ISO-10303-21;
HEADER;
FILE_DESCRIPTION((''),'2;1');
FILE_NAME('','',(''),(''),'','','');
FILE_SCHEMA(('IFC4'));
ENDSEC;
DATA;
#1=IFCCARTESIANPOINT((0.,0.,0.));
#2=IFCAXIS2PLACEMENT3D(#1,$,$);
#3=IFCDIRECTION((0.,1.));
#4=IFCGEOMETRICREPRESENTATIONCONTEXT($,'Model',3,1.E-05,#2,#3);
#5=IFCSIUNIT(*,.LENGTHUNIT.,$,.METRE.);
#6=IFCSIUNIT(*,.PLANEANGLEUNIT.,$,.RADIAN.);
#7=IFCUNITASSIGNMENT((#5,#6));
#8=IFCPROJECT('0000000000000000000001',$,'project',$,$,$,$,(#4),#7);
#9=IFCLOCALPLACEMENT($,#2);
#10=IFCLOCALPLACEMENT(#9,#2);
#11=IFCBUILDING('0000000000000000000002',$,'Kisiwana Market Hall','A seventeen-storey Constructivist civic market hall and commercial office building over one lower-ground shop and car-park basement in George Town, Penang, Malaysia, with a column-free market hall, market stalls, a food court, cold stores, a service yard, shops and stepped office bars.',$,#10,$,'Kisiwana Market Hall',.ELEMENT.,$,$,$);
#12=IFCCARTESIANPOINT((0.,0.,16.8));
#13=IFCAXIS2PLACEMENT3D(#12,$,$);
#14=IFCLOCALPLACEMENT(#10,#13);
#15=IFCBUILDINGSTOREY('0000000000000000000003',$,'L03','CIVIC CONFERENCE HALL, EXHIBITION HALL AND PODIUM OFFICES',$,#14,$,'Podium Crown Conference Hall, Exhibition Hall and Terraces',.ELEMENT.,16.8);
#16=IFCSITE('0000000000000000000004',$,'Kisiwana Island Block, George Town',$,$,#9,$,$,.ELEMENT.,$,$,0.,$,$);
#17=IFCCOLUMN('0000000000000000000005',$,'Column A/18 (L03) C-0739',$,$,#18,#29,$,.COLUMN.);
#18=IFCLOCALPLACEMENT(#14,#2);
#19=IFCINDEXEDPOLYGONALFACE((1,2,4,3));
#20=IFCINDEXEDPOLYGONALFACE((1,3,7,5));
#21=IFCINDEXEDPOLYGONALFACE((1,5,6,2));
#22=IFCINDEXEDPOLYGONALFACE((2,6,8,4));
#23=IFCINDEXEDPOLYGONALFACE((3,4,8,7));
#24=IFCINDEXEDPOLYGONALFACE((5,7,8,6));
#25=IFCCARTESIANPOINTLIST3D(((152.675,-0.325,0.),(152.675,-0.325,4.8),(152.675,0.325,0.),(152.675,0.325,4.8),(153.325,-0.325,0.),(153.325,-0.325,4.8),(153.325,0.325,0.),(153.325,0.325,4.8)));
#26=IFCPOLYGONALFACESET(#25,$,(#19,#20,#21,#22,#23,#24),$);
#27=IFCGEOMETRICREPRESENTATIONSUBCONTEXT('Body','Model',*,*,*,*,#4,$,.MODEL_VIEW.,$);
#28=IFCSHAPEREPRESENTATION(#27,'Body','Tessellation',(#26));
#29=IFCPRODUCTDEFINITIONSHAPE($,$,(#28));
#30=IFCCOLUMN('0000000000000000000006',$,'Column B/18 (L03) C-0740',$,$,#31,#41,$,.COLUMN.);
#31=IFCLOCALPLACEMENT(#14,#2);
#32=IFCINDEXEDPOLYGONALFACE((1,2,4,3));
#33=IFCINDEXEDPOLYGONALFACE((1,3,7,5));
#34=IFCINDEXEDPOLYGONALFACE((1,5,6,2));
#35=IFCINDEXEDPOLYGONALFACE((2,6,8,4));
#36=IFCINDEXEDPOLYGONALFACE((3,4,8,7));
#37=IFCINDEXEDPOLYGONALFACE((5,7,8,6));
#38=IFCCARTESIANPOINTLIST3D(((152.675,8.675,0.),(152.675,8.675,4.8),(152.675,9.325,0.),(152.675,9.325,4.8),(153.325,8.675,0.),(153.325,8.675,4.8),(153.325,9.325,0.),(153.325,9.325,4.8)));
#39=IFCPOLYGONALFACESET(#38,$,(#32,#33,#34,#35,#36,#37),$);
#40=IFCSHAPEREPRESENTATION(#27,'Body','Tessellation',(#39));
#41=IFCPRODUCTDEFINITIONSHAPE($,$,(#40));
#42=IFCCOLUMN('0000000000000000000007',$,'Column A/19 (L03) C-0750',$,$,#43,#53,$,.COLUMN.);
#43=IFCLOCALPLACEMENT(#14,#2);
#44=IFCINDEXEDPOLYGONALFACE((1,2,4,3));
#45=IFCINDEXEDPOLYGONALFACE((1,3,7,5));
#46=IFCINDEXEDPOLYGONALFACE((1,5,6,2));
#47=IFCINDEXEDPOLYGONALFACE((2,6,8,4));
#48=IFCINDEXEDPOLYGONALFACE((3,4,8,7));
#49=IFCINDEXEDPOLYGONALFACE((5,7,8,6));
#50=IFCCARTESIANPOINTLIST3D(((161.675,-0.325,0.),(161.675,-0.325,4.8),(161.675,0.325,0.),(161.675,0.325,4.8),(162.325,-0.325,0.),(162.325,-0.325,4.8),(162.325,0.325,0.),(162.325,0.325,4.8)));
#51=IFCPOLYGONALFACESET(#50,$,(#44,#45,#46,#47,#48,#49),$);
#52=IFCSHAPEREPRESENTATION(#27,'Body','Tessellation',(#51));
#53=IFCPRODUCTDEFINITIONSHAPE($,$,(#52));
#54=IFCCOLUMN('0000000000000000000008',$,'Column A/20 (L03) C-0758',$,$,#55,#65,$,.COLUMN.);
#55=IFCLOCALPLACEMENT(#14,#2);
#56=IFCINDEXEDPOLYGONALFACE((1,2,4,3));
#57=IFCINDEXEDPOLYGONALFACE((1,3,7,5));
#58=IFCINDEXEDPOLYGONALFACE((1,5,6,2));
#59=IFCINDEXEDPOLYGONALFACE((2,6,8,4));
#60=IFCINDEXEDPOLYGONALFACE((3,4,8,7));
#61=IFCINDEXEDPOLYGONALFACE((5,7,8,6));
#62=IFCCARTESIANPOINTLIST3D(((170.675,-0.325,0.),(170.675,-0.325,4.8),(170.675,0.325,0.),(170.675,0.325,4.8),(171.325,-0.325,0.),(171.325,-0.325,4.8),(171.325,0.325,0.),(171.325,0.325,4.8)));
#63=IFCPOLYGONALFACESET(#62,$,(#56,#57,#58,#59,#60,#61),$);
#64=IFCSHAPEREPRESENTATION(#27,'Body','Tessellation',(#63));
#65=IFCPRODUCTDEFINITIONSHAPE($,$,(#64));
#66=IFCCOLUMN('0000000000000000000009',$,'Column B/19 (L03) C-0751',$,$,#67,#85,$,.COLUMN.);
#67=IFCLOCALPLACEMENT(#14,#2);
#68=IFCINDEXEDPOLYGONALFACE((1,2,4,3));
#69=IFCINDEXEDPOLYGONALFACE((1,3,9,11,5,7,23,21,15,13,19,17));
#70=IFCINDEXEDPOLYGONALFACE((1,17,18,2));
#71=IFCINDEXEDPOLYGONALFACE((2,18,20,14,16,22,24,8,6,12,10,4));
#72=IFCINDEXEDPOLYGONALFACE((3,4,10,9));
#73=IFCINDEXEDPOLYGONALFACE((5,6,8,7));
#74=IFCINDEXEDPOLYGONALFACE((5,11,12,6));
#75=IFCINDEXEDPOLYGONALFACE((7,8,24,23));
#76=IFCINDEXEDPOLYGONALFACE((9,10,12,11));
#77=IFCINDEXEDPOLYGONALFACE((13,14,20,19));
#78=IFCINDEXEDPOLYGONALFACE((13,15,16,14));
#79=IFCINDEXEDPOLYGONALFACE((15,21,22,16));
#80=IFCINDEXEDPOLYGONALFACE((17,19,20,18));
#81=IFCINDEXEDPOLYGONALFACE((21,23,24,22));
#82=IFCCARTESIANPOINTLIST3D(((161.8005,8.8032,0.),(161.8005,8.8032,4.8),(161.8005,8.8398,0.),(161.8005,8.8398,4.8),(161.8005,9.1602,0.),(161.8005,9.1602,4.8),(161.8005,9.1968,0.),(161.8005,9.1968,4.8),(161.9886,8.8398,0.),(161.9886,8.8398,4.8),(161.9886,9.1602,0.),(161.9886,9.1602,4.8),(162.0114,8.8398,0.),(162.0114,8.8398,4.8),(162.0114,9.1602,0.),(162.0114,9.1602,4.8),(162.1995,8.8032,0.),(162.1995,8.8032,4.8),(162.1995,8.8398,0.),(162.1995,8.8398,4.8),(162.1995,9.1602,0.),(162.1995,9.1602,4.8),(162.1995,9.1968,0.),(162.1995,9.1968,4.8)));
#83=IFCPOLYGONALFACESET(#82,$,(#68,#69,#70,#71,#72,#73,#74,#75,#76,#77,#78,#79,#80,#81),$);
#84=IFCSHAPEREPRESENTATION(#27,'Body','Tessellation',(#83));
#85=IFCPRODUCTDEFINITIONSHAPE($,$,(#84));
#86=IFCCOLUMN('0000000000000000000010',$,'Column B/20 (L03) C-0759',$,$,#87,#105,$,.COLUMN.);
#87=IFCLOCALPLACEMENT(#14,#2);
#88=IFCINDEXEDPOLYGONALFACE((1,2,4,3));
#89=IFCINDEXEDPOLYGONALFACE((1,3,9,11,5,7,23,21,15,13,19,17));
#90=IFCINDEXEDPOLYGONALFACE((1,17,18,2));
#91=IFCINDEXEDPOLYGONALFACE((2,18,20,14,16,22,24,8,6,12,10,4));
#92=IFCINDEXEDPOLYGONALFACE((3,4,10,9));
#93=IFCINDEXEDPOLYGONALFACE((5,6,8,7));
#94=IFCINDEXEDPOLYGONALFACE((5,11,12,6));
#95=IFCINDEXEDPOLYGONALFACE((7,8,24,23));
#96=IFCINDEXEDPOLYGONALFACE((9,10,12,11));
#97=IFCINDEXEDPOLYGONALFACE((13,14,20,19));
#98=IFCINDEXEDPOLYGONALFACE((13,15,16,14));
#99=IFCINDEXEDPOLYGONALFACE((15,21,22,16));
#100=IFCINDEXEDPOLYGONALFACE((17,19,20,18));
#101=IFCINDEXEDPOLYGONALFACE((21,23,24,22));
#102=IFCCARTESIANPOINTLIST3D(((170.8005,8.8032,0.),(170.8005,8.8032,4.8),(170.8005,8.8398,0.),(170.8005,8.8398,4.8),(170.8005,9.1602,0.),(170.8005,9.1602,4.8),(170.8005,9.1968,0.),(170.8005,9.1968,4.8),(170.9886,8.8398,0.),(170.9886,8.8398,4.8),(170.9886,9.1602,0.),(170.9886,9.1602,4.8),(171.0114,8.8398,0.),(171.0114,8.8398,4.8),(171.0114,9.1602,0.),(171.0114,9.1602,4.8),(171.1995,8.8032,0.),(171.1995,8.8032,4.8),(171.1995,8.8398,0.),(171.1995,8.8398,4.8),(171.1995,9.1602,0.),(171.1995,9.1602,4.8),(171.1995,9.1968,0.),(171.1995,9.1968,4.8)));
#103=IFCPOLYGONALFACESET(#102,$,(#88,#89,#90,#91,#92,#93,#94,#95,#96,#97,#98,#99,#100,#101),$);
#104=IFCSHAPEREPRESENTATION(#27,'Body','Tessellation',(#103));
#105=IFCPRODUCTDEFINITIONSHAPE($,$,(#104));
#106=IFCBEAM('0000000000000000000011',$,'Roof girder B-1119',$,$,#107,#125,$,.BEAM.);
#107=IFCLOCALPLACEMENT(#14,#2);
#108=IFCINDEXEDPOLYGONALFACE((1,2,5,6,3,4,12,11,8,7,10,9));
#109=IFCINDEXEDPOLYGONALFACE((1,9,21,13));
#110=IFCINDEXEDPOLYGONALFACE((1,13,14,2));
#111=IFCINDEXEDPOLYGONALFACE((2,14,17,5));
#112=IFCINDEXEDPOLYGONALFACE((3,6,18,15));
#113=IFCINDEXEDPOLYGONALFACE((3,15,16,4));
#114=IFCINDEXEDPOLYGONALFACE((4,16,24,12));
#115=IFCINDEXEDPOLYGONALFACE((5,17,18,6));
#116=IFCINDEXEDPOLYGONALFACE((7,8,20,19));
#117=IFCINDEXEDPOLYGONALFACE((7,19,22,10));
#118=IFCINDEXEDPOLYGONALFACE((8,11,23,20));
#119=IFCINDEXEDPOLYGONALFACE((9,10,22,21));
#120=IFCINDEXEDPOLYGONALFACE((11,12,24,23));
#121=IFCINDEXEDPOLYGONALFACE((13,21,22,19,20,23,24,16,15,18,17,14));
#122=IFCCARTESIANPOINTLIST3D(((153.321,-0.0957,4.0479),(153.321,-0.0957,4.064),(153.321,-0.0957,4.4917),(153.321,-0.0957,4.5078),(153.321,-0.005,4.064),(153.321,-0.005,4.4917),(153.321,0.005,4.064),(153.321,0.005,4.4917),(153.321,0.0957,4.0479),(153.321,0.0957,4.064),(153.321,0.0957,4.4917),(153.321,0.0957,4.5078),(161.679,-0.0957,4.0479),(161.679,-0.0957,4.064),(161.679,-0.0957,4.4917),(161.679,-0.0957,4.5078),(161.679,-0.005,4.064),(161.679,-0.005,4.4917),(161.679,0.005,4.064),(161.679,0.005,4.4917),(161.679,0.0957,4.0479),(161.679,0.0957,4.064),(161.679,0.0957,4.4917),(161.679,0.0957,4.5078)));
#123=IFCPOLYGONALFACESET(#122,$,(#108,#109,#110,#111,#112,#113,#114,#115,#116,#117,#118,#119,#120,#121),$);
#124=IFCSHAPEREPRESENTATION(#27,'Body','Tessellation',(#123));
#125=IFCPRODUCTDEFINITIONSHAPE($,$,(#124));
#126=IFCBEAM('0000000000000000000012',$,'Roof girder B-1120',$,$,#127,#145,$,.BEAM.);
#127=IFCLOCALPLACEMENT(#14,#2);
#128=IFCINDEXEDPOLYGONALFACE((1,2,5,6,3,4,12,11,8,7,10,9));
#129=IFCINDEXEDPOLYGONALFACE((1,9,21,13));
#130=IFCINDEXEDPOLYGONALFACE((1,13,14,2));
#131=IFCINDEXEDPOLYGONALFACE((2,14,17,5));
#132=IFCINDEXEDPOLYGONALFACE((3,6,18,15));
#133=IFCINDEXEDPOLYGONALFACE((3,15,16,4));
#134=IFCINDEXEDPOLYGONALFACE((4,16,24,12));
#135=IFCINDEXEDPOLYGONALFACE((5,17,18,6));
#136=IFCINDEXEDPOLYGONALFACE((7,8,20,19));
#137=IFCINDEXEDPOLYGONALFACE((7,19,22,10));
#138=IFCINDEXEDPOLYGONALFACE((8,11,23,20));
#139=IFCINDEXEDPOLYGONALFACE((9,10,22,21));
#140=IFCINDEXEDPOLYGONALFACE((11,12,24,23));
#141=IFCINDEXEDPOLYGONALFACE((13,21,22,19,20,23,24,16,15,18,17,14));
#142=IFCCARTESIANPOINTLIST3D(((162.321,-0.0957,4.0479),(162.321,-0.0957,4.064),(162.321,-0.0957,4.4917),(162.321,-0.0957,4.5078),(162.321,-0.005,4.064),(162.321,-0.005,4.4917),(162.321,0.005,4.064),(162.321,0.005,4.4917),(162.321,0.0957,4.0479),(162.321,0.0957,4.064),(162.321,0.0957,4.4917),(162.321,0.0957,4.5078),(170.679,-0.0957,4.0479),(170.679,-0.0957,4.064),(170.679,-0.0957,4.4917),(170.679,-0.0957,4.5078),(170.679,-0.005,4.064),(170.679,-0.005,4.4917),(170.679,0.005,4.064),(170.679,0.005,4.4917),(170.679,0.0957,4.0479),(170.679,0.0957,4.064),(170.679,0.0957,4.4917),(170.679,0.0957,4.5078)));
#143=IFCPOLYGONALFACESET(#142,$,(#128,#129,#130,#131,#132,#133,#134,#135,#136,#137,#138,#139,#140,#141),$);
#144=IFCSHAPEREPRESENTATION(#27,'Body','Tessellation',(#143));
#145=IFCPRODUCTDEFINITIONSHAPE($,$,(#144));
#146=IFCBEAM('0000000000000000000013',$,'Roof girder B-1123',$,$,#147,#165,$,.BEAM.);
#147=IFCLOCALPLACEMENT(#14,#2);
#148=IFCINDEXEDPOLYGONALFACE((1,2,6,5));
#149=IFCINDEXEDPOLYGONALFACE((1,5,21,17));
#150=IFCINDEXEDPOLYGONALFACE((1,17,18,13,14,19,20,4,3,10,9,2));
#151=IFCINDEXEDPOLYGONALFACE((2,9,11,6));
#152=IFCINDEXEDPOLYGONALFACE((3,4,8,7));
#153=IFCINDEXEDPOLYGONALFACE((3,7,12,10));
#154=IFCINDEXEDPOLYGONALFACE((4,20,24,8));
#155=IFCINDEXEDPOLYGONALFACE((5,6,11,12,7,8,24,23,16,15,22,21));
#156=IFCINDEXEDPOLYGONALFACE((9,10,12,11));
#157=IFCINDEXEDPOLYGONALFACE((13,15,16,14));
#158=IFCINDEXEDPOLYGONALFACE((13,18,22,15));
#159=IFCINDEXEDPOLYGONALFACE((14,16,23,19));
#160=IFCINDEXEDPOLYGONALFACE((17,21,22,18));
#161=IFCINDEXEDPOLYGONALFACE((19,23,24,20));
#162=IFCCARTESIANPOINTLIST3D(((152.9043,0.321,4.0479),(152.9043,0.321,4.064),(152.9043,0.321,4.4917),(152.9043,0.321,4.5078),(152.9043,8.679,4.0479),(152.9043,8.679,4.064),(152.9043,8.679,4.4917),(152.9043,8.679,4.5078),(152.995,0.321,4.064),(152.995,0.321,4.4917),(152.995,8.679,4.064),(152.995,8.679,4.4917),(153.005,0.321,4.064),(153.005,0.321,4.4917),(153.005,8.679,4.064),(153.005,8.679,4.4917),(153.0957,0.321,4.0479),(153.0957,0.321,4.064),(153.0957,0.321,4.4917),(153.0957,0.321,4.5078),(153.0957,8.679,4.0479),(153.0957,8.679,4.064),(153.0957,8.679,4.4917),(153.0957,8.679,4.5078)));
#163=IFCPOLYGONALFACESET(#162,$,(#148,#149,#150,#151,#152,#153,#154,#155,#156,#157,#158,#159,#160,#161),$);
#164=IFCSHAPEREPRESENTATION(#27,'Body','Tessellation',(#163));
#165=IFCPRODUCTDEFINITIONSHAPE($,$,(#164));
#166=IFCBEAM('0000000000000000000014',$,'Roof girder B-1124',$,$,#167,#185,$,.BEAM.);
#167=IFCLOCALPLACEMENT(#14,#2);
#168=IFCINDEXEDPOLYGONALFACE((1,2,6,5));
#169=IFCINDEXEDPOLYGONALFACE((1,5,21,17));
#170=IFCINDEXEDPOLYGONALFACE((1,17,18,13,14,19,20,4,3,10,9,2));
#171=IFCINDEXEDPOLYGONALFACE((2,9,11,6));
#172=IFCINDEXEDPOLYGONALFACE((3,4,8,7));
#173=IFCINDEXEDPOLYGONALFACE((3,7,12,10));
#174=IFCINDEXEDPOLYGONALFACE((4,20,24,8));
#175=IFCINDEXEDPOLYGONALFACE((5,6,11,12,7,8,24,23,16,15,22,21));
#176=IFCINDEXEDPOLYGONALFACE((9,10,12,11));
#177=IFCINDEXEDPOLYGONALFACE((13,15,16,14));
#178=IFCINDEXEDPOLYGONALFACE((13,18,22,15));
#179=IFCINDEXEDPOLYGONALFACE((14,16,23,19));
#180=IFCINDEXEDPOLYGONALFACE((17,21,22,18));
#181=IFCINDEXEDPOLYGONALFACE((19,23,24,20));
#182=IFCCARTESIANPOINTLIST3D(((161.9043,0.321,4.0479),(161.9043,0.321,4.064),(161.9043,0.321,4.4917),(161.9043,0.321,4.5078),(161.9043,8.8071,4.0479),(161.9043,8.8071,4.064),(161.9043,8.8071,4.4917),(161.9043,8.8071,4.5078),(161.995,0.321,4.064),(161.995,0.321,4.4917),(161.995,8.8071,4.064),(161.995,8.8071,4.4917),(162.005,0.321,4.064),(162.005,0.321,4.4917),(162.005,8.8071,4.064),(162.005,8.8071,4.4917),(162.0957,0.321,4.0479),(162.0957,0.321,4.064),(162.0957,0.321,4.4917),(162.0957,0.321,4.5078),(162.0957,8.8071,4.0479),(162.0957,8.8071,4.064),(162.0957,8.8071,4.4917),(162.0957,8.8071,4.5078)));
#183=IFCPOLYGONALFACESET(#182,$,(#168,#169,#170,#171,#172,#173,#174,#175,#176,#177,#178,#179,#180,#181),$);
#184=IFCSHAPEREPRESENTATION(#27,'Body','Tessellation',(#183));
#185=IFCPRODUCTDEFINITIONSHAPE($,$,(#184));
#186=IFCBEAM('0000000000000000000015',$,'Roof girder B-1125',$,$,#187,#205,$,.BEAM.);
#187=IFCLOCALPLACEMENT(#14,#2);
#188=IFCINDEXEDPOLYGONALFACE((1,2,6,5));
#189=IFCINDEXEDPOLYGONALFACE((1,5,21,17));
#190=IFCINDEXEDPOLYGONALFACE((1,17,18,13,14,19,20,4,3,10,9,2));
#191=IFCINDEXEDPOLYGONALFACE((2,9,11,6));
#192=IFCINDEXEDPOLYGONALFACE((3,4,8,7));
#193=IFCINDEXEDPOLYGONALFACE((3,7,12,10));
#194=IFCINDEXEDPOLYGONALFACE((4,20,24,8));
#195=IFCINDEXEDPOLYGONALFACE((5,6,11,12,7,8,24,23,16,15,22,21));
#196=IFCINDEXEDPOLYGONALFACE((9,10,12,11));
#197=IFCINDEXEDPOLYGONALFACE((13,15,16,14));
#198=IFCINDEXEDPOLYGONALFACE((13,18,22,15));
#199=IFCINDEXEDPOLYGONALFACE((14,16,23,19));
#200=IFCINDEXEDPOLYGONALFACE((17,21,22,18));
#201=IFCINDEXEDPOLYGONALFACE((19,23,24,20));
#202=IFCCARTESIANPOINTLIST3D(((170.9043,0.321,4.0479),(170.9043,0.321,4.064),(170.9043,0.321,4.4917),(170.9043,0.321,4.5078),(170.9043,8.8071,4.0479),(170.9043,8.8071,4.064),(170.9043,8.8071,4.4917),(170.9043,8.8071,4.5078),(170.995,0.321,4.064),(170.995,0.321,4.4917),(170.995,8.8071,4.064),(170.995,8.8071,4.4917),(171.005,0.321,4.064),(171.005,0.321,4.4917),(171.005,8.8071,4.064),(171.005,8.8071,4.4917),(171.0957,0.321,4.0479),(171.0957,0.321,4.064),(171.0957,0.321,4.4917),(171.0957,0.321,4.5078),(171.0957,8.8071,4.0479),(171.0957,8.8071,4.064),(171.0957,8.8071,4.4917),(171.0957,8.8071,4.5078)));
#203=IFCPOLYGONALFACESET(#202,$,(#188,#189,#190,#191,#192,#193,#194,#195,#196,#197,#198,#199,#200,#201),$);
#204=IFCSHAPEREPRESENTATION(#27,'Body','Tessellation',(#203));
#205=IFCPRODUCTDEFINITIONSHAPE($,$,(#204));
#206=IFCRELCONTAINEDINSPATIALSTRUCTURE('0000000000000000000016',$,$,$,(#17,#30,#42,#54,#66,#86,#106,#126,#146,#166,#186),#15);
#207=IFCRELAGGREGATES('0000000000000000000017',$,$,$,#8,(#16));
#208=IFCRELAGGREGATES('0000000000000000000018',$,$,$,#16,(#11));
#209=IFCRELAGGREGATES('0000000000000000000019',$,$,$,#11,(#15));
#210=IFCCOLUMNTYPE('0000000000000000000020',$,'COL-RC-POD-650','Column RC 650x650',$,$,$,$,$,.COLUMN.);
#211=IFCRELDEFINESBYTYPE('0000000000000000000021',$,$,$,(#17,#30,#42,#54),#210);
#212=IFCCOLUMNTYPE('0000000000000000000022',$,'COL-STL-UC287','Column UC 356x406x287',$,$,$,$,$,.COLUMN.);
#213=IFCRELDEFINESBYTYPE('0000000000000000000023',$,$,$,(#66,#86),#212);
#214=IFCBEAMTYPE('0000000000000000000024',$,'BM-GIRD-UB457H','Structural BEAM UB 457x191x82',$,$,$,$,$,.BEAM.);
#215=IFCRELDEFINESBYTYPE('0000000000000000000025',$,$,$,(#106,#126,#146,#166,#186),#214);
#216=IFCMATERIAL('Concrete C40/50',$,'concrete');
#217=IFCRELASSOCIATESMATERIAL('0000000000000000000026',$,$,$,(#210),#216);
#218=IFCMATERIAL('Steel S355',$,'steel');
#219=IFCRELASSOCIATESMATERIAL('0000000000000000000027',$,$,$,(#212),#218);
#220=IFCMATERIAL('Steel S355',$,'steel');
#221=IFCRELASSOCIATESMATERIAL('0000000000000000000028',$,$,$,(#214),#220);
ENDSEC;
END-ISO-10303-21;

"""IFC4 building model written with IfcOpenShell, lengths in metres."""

from ifc_helpers import new_model, si_unit, direction, frame, origin, origin_2d, place, context, subcontext, project, spatial, rectangle, i_section, extrude, material, material_profile, profile_set, type_object, element, save


model = new_model("IFC4")

# Units and contexts
model_context = context("Model", 3, precision=1e-05, world=origin(), true_north=direction((0.0, 1.0)))
body_context = subcontext(model_context, "Body", "Model", "MODEL_VIEW")
ifc_project = project(units=[si_unit("LENGTHUNIT", "METRE"), si_unit("PLANEANGLEUNIT", "RADIAN")], contexts=[model_context])

# Site, building, storey
site_placement = place(None, origin())
site = spatial("IfcSite", under=ifc_project, at=site_placement, Name="Kisiwana Island Block, George Town", CompositionType="ELEMENT", RefElevation=0.0)
building_placement = place(site_placement, origin())
building = spatial("IfcBuilding", under=site, at=building_placement, Name="Kisiwana Market Hall", Description="A seventeen-storey Constructivist civic market hall and commercial office building over one lower-ground shop and car-park basement in George Town, Penang, Malaysia, with a column-free market hall, market stalls, a food court, cold stores, a service yard, shops and stepped office bars.", LongName="Kisiwana Market Hall", CompositionType="ELEMENT")
storey_placement = place(building_placement, frame((0.0, 0.0, 16.8)))
storey = spatial("IfcBuildingStorey", under=building, at=storey_placement, Name="L03", Description="CIVIC CONFERENCE HALL, EXHIBITION HALL AND PODIUM OFFICES", LongName="Podium Crown Conference Hall, Exhibition Hall and Terraces", CompositionType="ELEMENT", Elevation=16.8)

# Columns
ifc_material_1 = material(Name="Concrete C40/50", Category="concrete")
ifc_material_profile_1 = material_profile(ifc_material_1, rectangle(XDim=0.6499, YDim=0.6499, at=origin_2d()), Name="RC 650x650")
ifc_profile_set_1 = profile_set([ifc_material_profile_1], Name="Concrete C40/50")
column_type_1 = type_object("IfcColumnType", Name="COL-RC-POD-650", Description="Column RC 650x650", PredefinedType="COLUMN", material=ifc_profile_set_1)
for number, where, z_axis, x_axis, name in (
    (1, (153.0, 0.0, 0.0), (0.0, 0.0, 1.0), (1.0, 0.0, 0.0), "Column A/18 (L03) C-0739"),
    (2, (153.0, 9.0, 0.0), (0.0, 0.0, 1.0), (1.0, 0.0, 0.0), "Column B/18 (L03) C-0740"),
    (3, (162.0, 0.0, 0.0), (0.0, 0.0, 1.0), (1.0, 0.0, 0.0), "Column A/19 (L03) C-0750"),
    (4, (171.0, 0.0, 0.0), (0.0, 0.0, 1.0), (1.0, 0.0, 0.0), "Column A/20 (L03) C-0758"),
):
    element("IfcColumn", number, at=place(storey_placement, frame(where, z_axis=z_axis, x_axis=x_axis)), inside=storey, type_object=column_type_1, Name=name, PredefinedType="COLUMN", context=body_context, shape_type="SweptSolid", body=[
        extrude(rectangle(XDim=0.6499, YDim=0.6499, at=origin_2d()), origin(), (0.0, 0.0, 1.0), 4.8),
    ])
ifc_material_2 = material(Name="Steel S355", Category="steel")
ifc_material_profile_2 = material_profile(ifc_material_2, i_section(OverallWidth=0.3989, OverallDepth=0.3936, WebThickness=0.0227, FlangeThickness=0.0366, at=origin_2d()), Name="UC 356x406x287")
ifc_profile_set_2 = profile_set([ifc_material_profile_2], Name="Steel S355")
column_type_2 = type_object("IfcColumnType", Name="COL-STL-UC287", Description="Column UC 356x406x287", PredefinedType="COLUMN", material=ifc_profile_set_2)
for number, where, z_axis, x_axis, name in (
    (5, (162.0, 9.0, 0.0), (0.0, 0.0, 1.0), (1.0, 0.0, 0.0), "Column B/19 (L03) C-0751"),
    (6, (171.0, 9.0, 0.0), (0.0, 0.0, 1.0), (1.0, 0.0, 0.0), "Column B/20 (L03) C-0759"),
):
    element("IfcColumn", number, at=place(storey_placement, frame(where, z_axis=z_axis, x_axis=x_axis)), inside=storey, type_object=column_type_2, Name=name, PredefinedType="COLUMN", context=body_context, shape_type="SweptSolid", body=[
        extrude(i_section(OverallWidth=0.3989, OverallDepth=0.3936, WebThickness=0.0227, FlangeThickness=0.0366, at=origin_2d()), origin(), (0.0, 0.0, 1.0), 4.8),
    ])

# Beams
ifc_material_3 = material(Name="Steel S355", Category="steel")
ifc_material_profile_3 = material_profile(ifc_material_3, i_section(OverallWidth=0.1914, OverallDepth=0.46, WebThickness=0.01, FlangeThickness=0.0161, at=origin_2d()), Name="UB 457x191x82")
ifc_profile_set_3 = profile_set([ifc_material_profile_3], Name="Steel S355")
beam_type_1 = type_object("IfcBeamType", Name="BM-GIRD-UB457H", Description="Structural BEAM UB 457x191x82", PredefinedType="BEAM", material=ifc_profile_set_3)
for number, where, z_axis, x_axis, name in (
    (7, (153.321, 0.0, 4.2778), (1.0, 0.0, 0.0), (0.0, 1.0, 0.0), "Roof girder B-1119"),
    (8, (162.321, 0.0, 4.2778), (1.0, 0.0, 0.0), (0.0, 1.0, 0.0), "Roof girder B-1120"),
    (9, (153.0, 0.321, 4.2778), (0.0, 1.0, 0.0), (-1.0, 0.0, 0.0), "Roof girder B-1123"),
):
    element("IfcBeam", number, at=place(storey_placement, frame(where, z_axis=z_axis, x_axis=x_axis)), inside=storey, type_object=beam_type_1, Name=name, PredefinedType="BEAM", context=body_context, shape_type="SweptSolid", body=[
        extrude(i_section(OverallWidth=0.1914, OverallDepth=0.46, WebThickness=0.01, FlangeThickness=0.0161, at=origin_2d()), origin(), (0.0, 0.0, 1.0), 8.3579),
    ])
for number, where, z_axis, x_axis, name in (
    (10, (162.0, 0.321, 4.2778), (0.0, 1.0, 0.0), (-1.0, 0.0, 0.0), "Roof girder B-1124"),
    (11, (171.0, 0.321, 4.2778), (0.0, 1.0, 0.0), (-1.0, 0.0, 0.0), "Roof girder B-1125"),
):
    element("IfcBeam", number, at=place(storey_placement, frame(where, z_axis=z_axis, x_axis=x_axis)), inside=storey, type_object=beam_type_1, Name=name, PredefinedType="BEAM", context=body_context, shape_type="SweptSolid", body=[
        extrude(i_section(OverallWidth=0.1914, OverallDepth=0.46, WebThickness=0.01, FlangeThickness=0.0161, at=origin_2d()), origin(), (0.0, 0.0, 1.0), 8.4861),
    ])

save(model, "model.ifc")
